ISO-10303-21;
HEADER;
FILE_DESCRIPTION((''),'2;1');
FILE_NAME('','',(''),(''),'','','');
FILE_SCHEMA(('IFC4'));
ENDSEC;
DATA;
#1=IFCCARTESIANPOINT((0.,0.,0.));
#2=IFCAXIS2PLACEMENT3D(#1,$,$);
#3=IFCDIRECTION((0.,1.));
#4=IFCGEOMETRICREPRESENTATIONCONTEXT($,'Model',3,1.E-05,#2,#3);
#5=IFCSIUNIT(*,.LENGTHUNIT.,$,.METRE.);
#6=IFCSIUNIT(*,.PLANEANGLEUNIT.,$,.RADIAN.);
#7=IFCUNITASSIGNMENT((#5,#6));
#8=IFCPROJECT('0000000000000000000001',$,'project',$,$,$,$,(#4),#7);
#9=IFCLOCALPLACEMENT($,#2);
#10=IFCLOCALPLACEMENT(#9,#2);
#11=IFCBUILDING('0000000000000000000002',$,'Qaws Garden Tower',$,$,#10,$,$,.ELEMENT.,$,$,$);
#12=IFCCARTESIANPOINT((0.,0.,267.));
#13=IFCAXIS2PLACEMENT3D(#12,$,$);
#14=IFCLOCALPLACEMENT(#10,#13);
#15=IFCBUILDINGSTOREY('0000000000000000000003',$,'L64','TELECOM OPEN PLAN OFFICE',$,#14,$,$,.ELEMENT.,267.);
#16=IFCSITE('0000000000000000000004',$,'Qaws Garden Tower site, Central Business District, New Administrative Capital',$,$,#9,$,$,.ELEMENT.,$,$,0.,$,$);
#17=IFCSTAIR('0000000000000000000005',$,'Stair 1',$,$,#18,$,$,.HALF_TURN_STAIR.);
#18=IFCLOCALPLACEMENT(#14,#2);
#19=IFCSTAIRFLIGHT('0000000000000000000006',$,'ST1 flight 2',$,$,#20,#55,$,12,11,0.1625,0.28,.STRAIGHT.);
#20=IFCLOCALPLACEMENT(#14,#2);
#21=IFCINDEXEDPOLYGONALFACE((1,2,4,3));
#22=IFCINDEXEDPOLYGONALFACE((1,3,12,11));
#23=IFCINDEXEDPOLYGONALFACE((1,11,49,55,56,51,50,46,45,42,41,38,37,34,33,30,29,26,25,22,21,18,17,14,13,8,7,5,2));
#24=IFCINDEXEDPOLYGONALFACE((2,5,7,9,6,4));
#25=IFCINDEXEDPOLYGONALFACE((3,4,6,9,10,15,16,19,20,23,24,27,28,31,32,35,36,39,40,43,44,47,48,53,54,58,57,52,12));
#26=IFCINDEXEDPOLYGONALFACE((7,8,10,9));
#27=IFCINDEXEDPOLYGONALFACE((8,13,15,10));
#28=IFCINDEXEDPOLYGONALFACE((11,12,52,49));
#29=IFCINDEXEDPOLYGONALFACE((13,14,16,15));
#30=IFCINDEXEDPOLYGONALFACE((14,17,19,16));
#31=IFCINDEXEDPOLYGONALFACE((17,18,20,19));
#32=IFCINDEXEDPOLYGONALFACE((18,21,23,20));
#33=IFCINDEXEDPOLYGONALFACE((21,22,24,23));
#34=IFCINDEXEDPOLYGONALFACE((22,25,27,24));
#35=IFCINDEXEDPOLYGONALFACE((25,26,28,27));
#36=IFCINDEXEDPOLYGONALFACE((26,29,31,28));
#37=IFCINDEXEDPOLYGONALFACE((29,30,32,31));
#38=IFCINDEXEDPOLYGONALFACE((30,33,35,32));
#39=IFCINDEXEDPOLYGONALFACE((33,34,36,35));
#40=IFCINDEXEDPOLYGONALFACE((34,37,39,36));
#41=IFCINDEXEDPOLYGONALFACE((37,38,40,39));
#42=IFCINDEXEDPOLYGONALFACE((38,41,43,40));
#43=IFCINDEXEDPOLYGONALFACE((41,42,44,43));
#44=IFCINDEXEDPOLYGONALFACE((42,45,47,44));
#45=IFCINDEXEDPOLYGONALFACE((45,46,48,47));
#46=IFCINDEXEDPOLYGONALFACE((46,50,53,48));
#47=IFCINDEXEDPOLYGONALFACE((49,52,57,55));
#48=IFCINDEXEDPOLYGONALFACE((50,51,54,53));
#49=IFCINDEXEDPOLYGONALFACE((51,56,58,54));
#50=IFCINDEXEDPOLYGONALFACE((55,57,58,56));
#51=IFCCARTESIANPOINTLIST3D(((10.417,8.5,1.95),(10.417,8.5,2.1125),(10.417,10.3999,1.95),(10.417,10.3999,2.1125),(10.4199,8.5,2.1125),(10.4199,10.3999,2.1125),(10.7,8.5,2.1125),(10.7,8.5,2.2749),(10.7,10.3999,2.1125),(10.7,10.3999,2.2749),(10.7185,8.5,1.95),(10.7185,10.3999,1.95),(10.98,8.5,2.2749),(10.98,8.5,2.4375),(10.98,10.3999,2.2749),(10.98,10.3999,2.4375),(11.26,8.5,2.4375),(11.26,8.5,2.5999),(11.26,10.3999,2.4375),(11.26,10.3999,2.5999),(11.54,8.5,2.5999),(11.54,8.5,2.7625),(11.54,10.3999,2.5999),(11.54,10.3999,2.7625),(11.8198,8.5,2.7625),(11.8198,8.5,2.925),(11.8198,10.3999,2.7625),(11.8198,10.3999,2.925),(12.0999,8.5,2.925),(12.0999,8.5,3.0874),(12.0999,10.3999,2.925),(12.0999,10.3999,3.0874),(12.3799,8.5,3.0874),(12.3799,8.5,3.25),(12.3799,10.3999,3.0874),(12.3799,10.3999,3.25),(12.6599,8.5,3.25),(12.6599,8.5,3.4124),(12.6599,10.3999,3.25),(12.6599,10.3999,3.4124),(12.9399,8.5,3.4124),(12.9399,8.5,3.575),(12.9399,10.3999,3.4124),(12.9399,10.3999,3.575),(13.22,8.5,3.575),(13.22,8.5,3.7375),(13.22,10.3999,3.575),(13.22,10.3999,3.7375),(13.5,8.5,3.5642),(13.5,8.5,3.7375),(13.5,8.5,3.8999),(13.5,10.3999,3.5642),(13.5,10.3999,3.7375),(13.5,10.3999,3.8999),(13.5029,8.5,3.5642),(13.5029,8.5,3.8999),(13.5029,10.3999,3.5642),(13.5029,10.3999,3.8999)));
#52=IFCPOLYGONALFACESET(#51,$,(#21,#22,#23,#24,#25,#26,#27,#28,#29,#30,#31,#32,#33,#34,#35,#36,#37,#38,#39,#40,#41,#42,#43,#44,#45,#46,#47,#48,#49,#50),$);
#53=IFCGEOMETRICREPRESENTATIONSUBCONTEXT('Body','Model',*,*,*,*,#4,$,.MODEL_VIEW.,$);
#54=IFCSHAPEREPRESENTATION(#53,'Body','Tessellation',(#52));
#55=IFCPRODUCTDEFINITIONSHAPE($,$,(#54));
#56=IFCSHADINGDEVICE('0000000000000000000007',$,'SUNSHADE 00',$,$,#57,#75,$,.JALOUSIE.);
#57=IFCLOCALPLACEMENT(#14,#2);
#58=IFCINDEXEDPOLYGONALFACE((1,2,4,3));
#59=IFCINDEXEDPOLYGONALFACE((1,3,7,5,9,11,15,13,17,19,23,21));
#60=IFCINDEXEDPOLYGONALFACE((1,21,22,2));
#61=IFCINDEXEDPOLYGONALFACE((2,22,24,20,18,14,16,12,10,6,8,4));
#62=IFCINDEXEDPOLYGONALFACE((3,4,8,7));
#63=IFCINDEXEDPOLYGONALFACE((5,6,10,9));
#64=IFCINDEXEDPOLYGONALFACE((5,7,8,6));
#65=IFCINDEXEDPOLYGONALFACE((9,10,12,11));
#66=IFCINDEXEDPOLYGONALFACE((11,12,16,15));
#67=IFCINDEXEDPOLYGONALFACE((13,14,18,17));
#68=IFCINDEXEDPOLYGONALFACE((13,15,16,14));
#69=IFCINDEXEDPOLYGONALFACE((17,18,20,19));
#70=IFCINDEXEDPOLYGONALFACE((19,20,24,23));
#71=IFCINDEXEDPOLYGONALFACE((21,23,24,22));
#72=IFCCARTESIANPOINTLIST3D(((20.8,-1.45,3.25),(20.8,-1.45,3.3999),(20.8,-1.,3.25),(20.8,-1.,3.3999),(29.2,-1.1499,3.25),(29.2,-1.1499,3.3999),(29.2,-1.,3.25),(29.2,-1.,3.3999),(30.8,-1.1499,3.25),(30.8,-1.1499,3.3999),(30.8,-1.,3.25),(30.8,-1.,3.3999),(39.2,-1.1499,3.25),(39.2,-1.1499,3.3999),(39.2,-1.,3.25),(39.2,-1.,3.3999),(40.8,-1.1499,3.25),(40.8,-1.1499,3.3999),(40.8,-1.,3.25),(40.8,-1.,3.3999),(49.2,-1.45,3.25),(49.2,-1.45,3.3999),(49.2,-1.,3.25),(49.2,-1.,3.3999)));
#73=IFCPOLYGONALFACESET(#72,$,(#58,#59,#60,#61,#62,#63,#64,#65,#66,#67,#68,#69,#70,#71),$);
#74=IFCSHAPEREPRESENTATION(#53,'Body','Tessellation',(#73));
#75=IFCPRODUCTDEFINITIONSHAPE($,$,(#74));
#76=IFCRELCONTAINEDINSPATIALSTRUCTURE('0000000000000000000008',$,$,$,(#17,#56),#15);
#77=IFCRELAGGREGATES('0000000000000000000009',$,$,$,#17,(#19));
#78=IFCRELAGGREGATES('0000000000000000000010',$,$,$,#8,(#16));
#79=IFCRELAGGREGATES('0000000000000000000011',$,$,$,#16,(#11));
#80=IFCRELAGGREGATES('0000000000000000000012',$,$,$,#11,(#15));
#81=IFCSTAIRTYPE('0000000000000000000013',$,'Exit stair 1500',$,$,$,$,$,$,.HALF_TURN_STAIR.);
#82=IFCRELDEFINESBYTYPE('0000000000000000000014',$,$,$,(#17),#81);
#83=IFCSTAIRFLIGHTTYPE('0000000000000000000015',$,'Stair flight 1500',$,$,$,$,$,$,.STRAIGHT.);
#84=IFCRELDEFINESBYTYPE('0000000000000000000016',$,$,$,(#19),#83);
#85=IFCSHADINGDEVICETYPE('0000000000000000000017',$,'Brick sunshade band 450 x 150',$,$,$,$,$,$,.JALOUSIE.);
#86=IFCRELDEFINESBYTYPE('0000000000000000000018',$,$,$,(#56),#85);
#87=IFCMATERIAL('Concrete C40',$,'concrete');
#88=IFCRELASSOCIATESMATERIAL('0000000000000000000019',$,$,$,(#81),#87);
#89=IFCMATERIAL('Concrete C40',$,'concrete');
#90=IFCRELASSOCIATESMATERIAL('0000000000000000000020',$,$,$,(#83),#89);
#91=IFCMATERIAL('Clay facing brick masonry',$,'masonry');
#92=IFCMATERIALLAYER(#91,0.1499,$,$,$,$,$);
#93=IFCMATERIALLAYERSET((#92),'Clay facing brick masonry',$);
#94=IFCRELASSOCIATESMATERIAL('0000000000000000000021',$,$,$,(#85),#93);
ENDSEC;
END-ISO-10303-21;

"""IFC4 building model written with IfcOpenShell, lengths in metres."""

from ifc_helpers import new_model, si_unit, direction, frame, origin, place, context, subcontext, project, spatial, polyline, outline, extrude, material, layer, layer_set, type_object, element, aggregate, save


model = new_model("IFC4")

# Units and contexts
model_context = context("Model", 3, precision=1e-05, world=origin(), true_north=direction((0.0, 1.0)))
body_context = subcontext(model_context, "Body", "Model", "MODEL_VIEW")
ifc_project = project(units=[si_unit("LENGTHUNIT", "METRE"), si_unit("PLANEANGLEUNIT", "RADIAN")], contexts=[model_context])

# Site, building, storey
site_placement = place(None, origin())
site = spatial("IfcSite", under=ifc_project, at=site_placement, Name="Qaws Garden Tower site, Central Business District, New Administrative Capital", CompositionType="ELEMENT", RefElevation=0.0)
building_placement = place(site_placement, origin())
building = spatial("IfcBuilding", under=site, at=building_placement, Name="Qaws Garden Tower", CompositionType="ELEMENT")
storey_placement = place(building_placement, frame((0.0, 0.0, 267.0)))
storey = spatial("IfcBuildingStorey", under=building, at=storey_placement, Name="L64", Description="TELECOM OPEN PLAN OFFICE", CompositionType="ELEMENT", Elevation=267.0)

# Stair
ifc_material_1 = material(Name="Concrete C40", Category="concrete")
stair_type_1 = type_object("IfcStairType", Name="Exit stair 1500", PredefinedType="HALF_TURN_STAIR", material=ifc_material_1)
placement_1 = place(storey_placement, origin())
stair_1 = element("IfcStair", 1, at=placement_1, inside=storey, type_object=stair_type_1, Name="Stair 1", PredefinedType="HALF_TURN_STAIR")

# Stair flight
ifc_material_2 = material(Name="Concrete C40", Category="concrete")
stair_flight_type = type_object("IfcStairFlightType", Name="Stair flight 1500", PredefinedType="STRAIGHT", material=ifc_material_2)
stair_flight_placement = place(storey_placement, frame((10.4199, 9.45, 1.95), z_axis=(0.0, 0.0, 1.0), x_axis=(1.0, 0.0, 0.0)))
stair_flight = element("IfcStairFlight", 2, at=stair_flight_placement, type_object=stair_flight_type, Name="ST1 flight 2", NumberOfRisers=12, NumberOfTreads=11, PredefinedType="STRAIGHT", RiserHeight=0.1625, TreadLength=0.28, context=body_context, shape_type="SweptSolid", body=[
    extrude(outline(polyline([(-0.0029, 0.0), (-0.0029, 0.1626), (0.0, 0.1626), (0.28, 0.1626), (0.28, 0.325), (0.5601, 0.325), (0.5601, 0.4875), (0.8401, 0.4875), (0.8401, 0.6499), (1.1201, 0.6499), (1.1201, 0.8125), (1.3999, 0.8125), (1.3999, 0.9751), (1.6799, 0.9751), (1.6799, 1.1375), (1.96, 1.1375), (1.96, 1.3), (2.24, 1.3), (2.24, 1.4624), (2.52, 1.4624), (2.52, 1.625), (2.8, 1.625), (2.8, 1.7876), (3.0801, 1.7876), (3.0801, 1.95), (3.083, 1.95), (3.083, 1.6143), (3.0801, 1.6143), (0.2986, 0.0), (-0.0029, 0.0)])), frame((0.0, 0.95, 0.0), z_axis=(0.0, -1.0, 0.0), x_axis=(1.0, 0.0, 0.0)), (0.0, 0.0, 1.0), 1.8999),
])
aggregate(stair_1, [stair_flight])

# Shading device
ifc_material_3 = material(Name="Clay facing brick masonry", Category="masonry")
ifc_layer_1 = layer(ifc_material_3, 0.1499)
ifc_layer_set_1 = layer_set([ifc_layer_1], Name="Clay facing brick masonry")
shading_device_type = type_object("IfcShadingDeviceType", Name="Brick sunshade band 450 x 150", PredefinedType="JALOUSIE", material=ifc_layer_set_1)
shading_device_placement = place(storey_placement, frame((0.0, 0.0, 3.25)))
element("IfcShadingDevice", 3, at=shading_device_placement, inside=storey, type_object=shading_device_type, Name="SUNSHADE 00", PredefinedType="JALOUSIE", context=body_context, shape_type="SweptSolid", body=[
    extrude(outline(polyline([(20.8, -1.0), (20.8, -1.45), (49.2, -1.45), (49.2, -1.0), (40.8, -1.0), (40.8, -1.1499), (39.2, -1.1499), (39.2, -1.0), (30.8, -1.0), (30.8, -1.1499), (29.2, -1.1499), (29.2, -1.0), (20.8, -1.0)])), origin(), (0.0, 0.0, 1.0), 0.1499),
])

save(model, "model.ifc")
